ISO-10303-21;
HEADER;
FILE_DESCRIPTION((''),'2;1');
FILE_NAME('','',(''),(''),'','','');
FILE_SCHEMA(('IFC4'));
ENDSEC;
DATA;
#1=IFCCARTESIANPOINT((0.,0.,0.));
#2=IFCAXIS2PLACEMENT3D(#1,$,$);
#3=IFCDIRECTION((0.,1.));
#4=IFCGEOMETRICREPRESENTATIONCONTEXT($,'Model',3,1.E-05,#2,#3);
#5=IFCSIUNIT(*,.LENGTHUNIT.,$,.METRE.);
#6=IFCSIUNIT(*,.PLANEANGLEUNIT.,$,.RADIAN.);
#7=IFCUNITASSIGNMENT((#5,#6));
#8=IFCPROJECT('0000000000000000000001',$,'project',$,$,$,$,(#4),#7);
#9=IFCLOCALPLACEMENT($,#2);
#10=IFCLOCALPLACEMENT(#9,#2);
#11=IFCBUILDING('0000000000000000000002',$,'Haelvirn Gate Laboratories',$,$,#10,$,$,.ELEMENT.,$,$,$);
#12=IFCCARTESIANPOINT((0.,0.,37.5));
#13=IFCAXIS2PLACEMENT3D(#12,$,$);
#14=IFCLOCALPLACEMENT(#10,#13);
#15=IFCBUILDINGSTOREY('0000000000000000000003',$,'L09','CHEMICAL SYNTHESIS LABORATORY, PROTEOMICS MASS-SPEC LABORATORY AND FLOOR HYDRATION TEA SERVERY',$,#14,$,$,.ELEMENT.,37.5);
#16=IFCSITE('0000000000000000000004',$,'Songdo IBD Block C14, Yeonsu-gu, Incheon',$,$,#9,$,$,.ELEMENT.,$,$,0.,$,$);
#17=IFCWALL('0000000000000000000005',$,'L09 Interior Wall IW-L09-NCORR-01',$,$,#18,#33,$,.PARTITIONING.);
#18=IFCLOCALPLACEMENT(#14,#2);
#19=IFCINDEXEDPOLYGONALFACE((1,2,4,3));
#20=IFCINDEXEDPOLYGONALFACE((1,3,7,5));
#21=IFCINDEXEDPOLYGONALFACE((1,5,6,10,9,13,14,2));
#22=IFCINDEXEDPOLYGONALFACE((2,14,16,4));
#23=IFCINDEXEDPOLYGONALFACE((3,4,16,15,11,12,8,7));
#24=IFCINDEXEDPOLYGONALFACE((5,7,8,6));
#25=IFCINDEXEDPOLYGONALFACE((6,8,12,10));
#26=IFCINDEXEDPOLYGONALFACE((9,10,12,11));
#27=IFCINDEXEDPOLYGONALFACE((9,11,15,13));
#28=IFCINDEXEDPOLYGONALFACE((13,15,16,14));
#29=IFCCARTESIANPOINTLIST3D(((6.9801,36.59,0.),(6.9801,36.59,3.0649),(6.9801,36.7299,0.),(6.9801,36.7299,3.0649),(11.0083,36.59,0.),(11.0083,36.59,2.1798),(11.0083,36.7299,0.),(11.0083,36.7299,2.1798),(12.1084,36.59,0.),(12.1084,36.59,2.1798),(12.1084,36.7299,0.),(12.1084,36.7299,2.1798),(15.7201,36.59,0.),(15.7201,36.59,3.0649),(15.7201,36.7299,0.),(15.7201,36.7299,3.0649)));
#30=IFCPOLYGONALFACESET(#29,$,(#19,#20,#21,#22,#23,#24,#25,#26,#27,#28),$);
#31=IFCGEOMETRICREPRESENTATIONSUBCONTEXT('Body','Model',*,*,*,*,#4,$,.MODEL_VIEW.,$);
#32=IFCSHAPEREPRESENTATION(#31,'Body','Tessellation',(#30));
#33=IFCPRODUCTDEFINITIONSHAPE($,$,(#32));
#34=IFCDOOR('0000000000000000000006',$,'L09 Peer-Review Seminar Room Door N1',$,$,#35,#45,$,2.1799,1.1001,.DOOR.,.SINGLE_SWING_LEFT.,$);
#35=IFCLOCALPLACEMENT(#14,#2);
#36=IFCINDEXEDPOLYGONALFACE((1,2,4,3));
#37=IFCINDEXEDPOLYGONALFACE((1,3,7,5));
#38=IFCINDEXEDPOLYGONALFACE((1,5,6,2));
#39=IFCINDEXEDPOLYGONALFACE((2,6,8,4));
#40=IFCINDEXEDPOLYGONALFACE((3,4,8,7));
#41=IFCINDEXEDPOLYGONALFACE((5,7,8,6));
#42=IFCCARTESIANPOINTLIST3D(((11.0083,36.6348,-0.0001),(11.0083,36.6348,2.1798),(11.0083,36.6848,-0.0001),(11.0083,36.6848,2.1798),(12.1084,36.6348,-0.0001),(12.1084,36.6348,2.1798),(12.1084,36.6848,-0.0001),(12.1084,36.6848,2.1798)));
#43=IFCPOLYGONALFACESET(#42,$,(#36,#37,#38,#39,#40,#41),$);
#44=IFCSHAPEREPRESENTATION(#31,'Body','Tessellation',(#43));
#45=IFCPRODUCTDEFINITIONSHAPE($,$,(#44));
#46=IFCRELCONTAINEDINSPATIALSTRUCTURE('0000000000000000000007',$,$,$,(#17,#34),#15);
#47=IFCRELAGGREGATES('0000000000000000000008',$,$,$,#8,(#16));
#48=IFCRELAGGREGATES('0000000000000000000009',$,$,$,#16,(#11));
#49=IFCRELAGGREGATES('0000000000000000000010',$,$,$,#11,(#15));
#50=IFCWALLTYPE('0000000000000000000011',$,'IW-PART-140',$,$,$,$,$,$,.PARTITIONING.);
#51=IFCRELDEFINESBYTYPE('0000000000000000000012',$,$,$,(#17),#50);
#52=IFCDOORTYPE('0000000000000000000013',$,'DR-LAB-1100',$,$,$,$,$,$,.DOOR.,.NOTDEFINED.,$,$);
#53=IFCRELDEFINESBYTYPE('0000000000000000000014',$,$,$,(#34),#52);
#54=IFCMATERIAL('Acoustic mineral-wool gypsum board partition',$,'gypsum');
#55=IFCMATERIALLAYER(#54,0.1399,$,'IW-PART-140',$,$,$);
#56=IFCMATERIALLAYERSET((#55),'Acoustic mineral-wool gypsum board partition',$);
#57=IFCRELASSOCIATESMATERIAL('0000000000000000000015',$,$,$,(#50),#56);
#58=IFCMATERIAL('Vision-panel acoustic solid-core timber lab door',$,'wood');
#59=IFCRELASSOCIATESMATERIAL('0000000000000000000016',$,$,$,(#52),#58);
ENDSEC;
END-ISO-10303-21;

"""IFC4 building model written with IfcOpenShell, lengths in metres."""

from ifc_helpers import new_model, si_unit, direction, frame, frame_2d, origin, place, context, subcontext, project, spatial, rectangle, extrude, source, transform, mapped, material, layer, layer_set, type_object, type_shapes, element, fill, save


model = new_model("IFC4")

# Units and contexts
model_context = context("Model", 3, precision=1e-05, world=origin(), true_north=direction((0.0, 1.0)))
body_context = subcontext(model_context, "Body", "Model", "MODEL_VIEW")
ifc_project = project(units=[si_unit("LENGTHUNIT", "METRE"), si_unit("PLANEANGLEUNIT", "RADIAN")], contexts=[model_context])

# Site, building, storey
site_placement = place(None, origin())
site = spatial("IfcSite", under=ifc_project, at=site_placement, Name="Songdo IBD Block C14, Yeonsu-gu, Incheon", CompositionType="ELEMENT", RefElevation=0.0)
building_placement = place(site_placement, origin())
building = spatial("IfcBuilding", under=site, at=building_placement, Name="Haelvirn Gate Laboratories", CompositionType="ELEMENT")
storey_placement = place(building_placement, frame((0.0, 0.0, 37.5)))
storey = spatial("IfcBuildingStorey", under=building, at=storey_placement, Name="L09", Description="CHEMICAL SYNTHESIS LABORATORY, PROTEOMICS MASS-SPEC LABORATORY AND FLOOR HYDRATION TEA SERVERY", CompositionType="ELEMENT", Elevation=37.5)

# Wall, opening, door
ifc_material_1 = material(Name="Acoustic mineral-wool gypsum board partition", Category="gypsum")
ifc_layer_1 = layer(ifc_material_1, 0.1399, Name="IW-PART-140")
ifc_layer_set_1 = layer_set([ifc_layer_1], Name="Acoustic mineral-wool gypsum board partition")
wall_type_1 = type_object("IfcWallType", Name="IW-PART-140", PredefinedType="PARTITIONING", material=ifc_layer_set_1)
wall_1_placement = place(storey_placement, frame((6.98, 36.6599, 0.0), z_axis=(0.0, 0.0, 1.0), x_axis=(1.0, 0.0, 0.0)))
wall_1 = element("IfcWall", 1, at=wall_1_placement, inside=storey, type_object=wall_type_1, Name="L09 Interior Wall IW-L09-NCORR-01", PredefinedType="PARTITIONING", context=body_context, shape_type="SweptSolid", body=[
    extrude(rectangle(XDim=8.74, YDim=0.1399, at=frame_2d((4.3701, 0.0))), origin(), (0.0, 0.0, 1.0), 3.0649),
])
opening_1_placement = place(wall_1_placement, frame((4.0283, 0.0, 0.0)))
opening_1 = element("IfcOpeningElement", 2, at=opening_1_placement, cuts=wall_1, PredefinedType="OPENING", context=body_context, shape_type="SweptSolid", body=[
    extrude(rectangle(XDim=1.1001, YDim=2.1799, at=frame_2d((0.55, 1.0898))), frame((0.0, 0.0801, 0.0), z_axis=(0.0, -1.0, 0.0), x_axis=(1.0, 0.0, 0.0)), (0.0, 0.0, 1.0), 0.1599),
])
ifc_material_2 = material(Name="Vision-panel acoustic solid-core timber lab door", Category="wood")
door_type_1 = type_object("IfcDoorType", Name="DR-LAB-1100", OperationType="NOTDEFINED", PredefinedType="DOOR", material=ifc_material_2)
shared_shape_1 = source(origin(), body_context, "Body", "SweptSolid", [
    extrude(rectangle(XDim=1.1001, YDim=2.1799, at=frame_2d((0.55, 1.0898))), frame((0.0, 0.0249, 0.0), z_axis=(0.0, -1.0, 0.0), x_axis=(1.0, 0.0, 0.0)), (0.0, 0.0, 1.0), 0.05),
])
type_shapes(door_type_1, [shared_shape_1])
door_1_placement = place(opening_1_placement, origin())
door_1 = element("IfcDoor", 3, at=door_1_placement, inside=storey, type_object=door_type_1, Name="L09 Peer-Review Seminar Room Door N1", OperationType="SINGLE_SWING_LEFT", OverallHeight=2.1799, OverallWidth=1.1001, PredefinedType="DOOR", context=body_context, shape_type="MappedRepresentation", body=[
    mapped(shared_shape_1, transform((0.0, 0.0, 0.0), scale=1.0)),
])
fill(opening_1, door_1)

save(model, "model.ifc")
